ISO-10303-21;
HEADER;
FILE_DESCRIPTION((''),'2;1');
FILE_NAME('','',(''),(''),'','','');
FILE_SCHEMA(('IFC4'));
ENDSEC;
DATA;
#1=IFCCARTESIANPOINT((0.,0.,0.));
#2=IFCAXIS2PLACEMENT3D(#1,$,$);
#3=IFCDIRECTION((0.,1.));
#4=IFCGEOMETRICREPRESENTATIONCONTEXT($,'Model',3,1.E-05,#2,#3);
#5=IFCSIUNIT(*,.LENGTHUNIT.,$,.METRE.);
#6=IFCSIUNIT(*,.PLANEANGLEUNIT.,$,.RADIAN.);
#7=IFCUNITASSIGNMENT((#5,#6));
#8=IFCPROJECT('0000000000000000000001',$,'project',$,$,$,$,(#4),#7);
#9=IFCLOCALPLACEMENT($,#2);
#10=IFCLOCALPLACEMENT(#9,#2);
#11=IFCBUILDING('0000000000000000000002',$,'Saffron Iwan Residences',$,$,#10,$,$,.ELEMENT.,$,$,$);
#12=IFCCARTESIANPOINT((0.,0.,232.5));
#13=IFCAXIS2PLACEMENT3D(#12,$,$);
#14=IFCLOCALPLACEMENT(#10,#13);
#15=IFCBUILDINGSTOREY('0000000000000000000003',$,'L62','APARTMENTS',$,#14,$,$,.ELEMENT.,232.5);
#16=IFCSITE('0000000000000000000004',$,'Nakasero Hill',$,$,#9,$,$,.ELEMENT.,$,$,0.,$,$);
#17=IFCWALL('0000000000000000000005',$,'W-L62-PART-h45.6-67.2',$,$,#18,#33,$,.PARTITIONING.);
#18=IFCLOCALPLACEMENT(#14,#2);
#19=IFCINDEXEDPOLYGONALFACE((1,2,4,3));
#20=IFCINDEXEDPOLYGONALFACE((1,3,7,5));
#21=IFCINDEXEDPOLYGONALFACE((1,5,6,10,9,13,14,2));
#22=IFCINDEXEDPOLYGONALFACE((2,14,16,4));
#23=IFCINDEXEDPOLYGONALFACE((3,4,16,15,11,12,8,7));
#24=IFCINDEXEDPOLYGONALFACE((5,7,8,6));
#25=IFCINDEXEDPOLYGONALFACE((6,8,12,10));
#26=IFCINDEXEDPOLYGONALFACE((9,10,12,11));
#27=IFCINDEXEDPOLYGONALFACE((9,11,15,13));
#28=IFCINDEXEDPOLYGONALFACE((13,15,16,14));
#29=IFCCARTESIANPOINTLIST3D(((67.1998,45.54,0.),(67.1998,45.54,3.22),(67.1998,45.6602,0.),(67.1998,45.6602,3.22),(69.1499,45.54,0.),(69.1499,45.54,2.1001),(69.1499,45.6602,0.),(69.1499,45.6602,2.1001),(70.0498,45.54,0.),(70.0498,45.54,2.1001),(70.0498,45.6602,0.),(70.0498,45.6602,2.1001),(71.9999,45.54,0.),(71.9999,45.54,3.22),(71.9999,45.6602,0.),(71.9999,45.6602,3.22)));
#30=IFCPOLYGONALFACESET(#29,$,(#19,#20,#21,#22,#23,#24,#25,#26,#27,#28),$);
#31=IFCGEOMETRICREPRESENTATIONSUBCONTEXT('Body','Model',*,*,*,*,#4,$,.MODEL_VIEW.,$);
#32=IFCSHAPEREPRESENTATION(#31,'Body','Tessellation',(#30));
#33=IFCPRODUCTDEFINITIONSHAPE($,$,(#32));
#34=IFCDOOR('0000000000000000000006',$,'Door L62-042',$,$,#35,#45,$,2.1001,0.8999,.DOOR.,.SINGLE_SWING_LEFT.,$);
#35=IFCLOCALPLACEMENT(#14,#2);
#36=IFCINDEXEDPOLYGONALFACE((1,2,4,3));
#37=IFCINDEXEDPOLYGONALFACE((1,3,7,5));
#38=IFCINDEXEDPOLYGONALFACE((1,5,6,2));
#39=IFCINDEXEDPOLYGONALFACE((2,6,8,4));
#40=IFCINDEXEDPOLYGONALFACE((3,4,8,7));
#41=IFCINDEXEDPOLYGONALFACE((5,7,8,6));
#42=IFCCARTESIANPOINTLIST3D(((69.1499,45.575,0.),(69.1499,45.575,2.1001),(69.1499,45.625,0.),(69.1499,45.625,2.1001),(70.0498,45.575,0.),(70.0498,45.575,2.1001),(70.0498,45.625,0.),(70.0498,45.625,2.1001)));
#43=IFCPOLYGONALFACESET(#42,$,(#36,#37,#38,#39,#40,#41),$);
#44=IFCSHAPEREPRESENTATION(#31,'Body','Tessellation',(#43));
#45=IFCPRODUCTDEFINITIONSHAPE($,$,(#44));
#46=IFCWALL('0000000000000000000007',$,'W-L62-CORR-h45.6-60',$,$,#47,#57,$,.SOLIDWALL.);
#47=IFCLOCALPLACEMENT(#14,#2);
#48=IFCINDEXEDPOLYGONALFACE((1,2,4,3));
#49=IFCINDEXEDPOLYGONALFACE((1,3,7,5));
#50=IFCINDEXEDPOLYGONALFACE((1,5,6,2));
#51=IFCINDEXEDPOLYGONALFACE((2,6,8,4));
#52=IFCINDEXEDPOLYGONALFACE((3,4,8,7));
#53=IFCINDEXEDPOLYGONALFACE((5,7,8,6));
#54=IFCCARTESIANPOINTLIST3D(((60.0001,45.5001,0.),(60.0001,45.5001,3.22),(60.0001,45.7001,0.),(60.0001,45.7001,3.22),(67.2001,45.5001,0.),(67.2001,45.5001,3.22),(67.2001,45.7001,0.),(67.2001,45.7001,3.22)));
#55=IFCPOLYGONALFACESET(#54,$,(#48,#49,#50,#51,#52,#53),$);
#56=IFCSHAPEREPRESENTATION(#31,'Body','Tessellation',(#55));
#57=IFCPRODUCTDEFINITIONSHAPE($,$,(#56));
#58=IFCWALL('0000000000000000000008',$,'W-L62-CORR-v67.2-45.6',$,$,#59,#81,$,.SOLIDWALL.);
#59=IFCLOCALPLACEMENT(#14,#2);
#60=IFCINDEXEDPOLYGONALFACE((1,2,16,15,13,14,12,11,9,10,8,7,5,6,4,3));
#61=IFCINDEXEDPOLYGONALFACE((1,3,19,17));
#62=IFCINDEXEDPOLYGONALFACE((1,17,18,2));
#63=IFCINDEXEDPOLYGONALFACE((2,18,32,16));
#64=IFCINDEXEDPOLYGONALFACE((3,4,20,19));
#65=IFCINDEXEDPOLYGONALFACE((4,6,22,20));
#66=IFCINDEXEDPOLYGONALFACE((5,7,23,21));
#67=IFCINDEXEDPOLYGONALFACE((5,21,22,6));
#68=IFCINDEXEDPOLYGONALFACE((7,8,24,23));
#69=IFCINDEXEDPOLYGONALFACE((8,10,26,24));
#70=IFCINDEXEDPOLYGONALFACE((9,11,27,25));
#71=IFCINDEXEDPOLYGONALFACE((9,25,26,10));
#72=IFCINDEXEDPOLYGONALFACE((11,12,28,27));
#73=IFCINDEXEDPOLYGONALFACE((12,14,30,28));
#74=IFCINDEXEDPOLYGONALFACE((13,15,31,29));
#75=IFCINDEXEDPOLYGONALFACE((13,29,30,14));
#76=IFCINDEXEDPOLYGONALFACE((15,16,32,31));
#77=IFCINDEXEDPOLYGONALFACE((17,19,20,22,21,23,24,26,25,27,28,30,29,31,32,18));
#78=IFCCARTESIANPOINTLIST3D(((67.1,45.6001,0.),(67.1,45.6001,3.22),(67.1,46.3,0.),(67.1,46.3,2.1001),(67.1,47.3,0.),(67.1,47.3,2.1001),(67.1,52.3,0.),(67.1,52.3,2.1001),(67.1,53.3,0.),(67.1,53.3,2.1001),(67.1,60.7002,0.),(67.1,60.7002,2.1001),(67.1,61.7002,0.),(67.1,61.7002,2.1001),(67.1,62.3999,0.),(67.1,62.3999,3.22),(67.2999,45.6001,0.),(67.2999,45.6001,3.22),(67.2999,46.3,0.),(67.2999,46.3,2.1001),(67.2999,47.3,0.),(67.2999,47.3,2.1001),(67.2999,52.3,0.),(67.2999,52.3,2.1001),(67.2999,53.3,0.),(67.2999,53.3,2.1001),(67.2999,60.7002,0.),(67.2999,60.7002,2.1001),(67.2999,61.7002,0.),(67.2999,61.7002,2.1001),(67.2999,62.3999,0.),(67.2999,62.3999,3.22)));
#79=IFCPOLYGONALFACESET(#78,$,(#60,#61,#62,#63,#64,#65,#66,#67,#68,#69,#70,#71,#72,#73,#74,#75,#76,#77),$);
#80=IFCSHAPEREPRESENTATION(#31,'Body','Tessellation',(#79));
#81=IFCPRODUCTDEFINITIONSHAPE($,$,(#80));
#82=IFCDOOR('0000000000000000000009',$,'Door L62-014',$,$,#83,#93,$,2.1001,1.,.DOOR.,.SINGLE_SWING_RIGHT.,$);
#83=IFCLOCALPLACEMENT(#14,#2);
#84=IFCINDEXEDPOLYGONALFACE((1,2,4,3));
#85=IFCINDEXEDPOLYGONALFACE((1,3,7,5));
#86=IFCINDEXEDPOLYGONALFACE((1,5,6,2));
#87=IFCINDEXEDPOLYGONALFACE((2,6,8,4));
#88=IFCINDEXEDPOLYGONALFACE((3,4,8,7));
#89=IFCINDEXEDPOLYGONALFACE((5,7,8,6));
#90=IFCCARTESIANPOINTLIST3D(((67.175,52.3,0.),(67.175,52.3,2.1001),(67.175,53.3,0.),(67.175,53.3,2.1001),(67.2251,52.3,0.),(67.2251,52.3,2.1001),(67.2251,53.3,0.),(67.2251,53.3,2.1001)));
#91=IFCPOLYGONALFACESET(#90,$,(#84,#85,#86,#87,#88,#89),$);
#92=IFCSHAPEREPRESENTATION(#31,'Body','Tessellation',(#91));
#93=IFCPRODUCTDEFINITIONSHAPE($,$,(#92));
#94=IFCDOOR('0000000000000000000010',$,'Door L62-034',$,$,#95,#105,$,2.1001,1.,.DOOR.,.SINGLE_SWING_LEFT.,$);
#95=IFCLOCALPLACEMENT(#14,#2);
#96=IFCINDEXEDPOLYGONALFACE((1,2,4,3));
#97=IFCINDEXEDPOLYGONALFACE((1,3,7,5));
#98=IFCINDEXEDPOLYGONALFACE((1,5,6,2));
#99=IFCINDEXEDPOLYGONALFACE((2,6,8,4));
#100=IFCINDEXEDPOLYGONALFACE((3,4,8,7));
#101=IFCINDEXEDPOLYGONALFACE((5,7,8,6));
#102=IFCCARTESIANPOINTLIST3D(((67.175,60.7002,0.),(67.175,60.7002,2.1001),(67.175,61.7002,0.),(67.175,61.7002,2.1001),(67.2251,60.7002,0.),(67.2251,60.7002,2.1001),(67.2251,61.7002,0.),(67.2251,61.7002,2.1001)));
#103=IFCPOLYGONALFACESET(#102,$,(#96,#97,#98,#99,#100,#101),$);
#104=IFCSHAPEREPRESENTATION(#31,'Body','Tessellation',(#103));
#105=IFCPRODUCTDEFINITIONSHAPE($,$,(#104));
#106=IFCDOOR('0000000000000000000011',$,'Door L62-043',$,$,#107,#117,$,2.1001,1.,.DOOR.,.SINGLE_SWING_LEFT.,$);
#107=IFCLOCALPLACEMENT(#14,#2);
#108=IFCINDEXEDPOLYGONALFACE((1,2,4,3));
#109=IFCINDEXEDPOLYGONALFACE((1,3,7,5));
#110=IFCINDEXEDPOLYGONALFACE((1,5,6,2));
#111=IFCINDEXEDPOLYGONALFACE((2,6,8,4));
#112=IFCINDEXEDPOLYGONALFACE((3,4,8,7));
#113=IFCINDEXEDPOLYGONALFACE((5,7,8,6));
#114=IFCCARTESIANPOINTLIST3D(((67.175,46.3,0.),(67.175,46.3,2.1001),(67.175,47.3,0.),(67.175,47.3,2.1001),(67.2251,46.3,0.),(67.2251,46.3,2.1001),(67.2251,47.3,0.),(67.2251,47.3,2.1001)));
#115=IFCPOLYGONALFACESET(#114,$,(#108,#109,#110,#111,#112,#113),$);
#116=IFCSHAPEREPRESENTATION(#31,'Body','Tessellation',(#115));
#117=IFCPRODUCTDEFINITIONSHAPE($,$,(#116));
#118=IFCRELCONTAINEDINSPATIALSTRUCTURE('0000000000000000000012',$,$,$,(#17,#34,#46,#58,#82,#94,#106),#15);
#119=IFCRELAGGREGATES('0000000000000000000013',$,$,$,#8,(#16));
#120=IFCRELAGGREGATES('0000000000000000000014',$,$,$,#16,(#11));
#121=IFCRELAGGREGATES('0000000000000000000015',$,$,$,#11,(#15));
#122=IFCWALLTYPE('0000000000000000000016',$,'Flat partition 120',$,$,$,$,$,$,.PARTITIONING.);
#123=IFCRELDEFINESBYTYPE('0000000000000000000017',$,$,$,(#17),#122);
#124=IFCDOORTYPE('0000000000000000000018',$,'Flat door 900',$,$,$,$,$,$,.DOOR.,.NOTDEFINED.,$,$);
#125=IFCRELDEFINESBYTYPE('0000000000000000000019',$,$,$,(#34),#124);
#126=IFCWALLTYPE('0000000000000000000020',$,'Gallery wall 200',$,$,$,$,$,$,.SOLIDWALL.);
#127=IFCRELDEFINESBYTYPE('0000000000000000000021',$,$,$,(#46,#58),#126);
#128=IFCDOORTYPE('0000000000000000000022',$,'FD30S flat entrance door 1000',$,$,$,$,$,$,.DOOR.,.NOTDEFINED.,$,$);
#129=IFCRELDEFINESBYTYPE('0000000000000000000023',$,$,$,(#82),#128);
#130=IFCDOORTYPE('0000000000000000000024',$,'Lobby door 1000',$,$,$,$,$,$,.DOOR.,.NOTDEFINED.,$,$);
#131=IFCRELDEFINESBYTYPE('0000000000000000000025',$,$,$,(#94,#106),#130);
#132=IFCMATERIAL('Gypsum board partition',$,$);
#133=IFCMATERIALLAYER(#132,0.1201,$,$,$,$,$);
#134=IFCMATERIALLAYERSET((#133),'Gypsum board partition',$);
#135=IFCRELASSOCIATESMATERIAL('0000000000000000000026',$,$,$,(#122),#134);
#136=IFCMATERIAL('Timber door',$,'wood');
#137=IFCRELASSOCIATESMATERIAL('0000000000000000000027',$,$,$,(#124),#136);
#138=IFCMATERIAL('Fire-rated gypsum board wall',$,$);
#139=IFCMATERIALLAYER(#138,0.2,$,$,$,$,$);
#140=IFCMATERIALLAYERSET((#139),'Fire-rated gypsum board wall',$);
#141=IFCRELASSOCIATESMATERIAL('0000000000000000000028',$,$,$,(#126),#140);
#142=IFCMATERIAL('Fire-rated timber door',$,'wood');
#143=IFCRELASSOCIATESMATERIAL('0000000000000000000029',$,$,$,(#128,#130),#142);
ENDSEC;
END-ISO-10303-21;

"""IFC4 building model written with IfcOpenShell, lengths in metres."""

from ifc_helpers import new_model, si_unit, direction, frame, frame_2d, origin, place, context, subcontext, project, spatial, rectangle, extrude, material, layer, layer_set, type_object, element, fill, save


model = new_model("IFC4")

# Units and contexts
model_context = context("Model", 3, precision=1e-05, world=origin(), true_north=direction((0.0, 1.0)))
body_context = subcontext(model_context, "Body", "Model", "MODEL_VIEW")
ifc_project = project(units=[si_unit("LENGTHUNIT", "METRE"), si_unit("PLANEANGLEUNIT", "RADIAN")], contexts=[model_context])

# Site, building, storey
site_placement = place(None, origin())
site = spatial("IfcSite", under=ifc_project, at=site_placement, Name="Nakasero Hill", CompositionType="ELEMENT", RefElevation=0.0)
building_placement = place(site_placement, origin())
building = spatial("IfcBuilding", under=site, at=building_placement, Name="Saffron Iwan Residences", CompositionType="ELEMENT")
storey_placement = place(building_placement, frame((0.0, 0.0, 232.5)))
storey = spatial("IfcBuildingStorey", under=building, at=storey_placement, Name="L62", Description="APARTMENTS", CompositionType="ELEMENT", Elevation=232.5)

# Shared definitions
ifc_material_1 = material(Name="Fire-rated gypsum board wall")

# Shared definitions
ifc_material_2 = material(Name="Gypsum board partition")
ifc_layer_1 = layer(ifc_material_2, 0.1201)
ifc_layer_set_1 = layer_set([ifc_layer_1], Name="Gypsum board partition")
wall_type_1 = type_object("IfcWallType", Name="Flat partition 120", PredefinedType="PARTITIONING", material=ifc_layer_set_1)
ifc_material_3 = material(Name="Timber door", Category="wood")
door_type_1 = type_object("IfcDoorType", Name="Flat door 900", OperationType="NOTDEFINED", PredefinedType="DOOR", material=ifc_material_3)

# Wall, opening, door
wall_1_placement = place(storey_placement, frame((67.2, 45.6001, 0.0), z_axis=(0.0, 0.0, 1.0), x_axis=(1.0, 0.0, 0.0)))
wall_1 = element("IfcWall", 1, at=wall_1_placement, inside=storey, type_object=wall_type_1, Name="W-L62-PART-h45.6-67.2", PredefinedType="PARTITIONING", context=body_context, shape_type="SweptSolid", body=[
    extrude(rectangle(XDim=4.8, YDim=0.1201, at=frame_2d((2.3999, 0.0))), origin(), (0.0, 0.0, 1.0), 3.22),
])
opening_1_placement = place(wall_1_placement, frame((1.95, 0.0, 0.0)))
opening_1 = element("IfcOpeningElement", 2, at=opening_1_placement, cuts=wall_1, PredefinedType="OPENING", context=body_context, shape_type="SweptSolid", body=[
    extrude(rectangle(XDim=0.8999, YDim=2.1001, at=frame_2d((0.45, 1.05))), frame((0.0, 0.0701, 0.0), z_axis=(0.0, -1.0, 0.0), x_axis=(1.0, 0.0, 0.0)), (0.0, 0.0, 1.0), 0.1401),
])
door_1_placement = place(opening_1_placement, origin())
door_1 = element("IfcDoor", 3, at=door_1_placement, inside=storey, type_object=door_type_1, Name="Door L62-042", OperationType="SINGLE_SWING_LEFT", OverallHeight=2.1001, OverallWidth=0.8999, PredefinedType="DOOR", context=body_context, shape_type="SweptSolid", body=[
    extrude(rectangle(XDim=0.8999, YDim=2.1001, at=frame_2d((0.45, 1.05))), frame((0.0, 0.0249, 0.0), z_axis=(0.0, -1.0, 0.0), x_axis=(1.0, 0.0, 0.0)), (0.0, 0.0, 1.0), 0.05),
])
fill(opening_1, door_1)

# Wall
ifc_layer_2 = layer(ifc_material_1, 0.2)
ifc_layer_set_2 = layer_set([ifc_layer_2], Name="Fire-rated gypsum board wall")
wall_type_2 = type_object("IfcWallType", Name="Gallery wall 200", PredefinedType="SOLIDWALL", material=ifc_layer_set_2)
wall_2_placement = place(storey_placement, frame((60.0, 45.6001, 0.0), z_axis=(0.0, 0.0, 1.0), x_axis=(1.0, 0.0, 0.0)))
element("IfcWall", 4, at=wall_2_placement, inside=storey, type_object=wall_type_2, Name="W-L62-CORR-h45.6-60", PredefinedType="SOLIDWALL", context=body_context, shape_type="SweptSolid", body=[
    extrude(rectangle(XDim=7.2, YDim=0.2, at=frame_2d((3.6001, 0.0))), origin(), (0.0, 0.0, 1.0), 3.22),
])

# Wall, openings, doors
wall_3_placement = place(storey_placement, frame((67.2, 45.6001, 0.0), z_axis=(0.0, 0.0, 1.0), x_axis=(0.0, 1.0, 0.0)))
wall_3 = element("IfcWall", 5, at=wall_3_placement, inside=storey, type_object=wall_type_2, Name="W-L62-CORR-v67.2-45.6", PredefinedType="SOLIDWALL", context=body_context, shape_type="SweptSolid", body=[
    extrude(rectangle(XDim=16.7998, YDim=0.2, at=frame_2d((8.3999, 0.0))), origin(), (0.0, 0.0, 1.0), 3.22),
])
opening_2_placement = place(wall_3_placement, frame((6.7, 0.0, 0.0)))
opening_2 = element("IfcOpeningElement", 6, at=opening_2_placement, cuts=wall_3, PredefinedType="OPENING", context=body_context, shape_type="SweptSolid", body=[
    extrude(rectangle(XDim=1.0, YDim=2.1001, at=frame_2d((0.5, 1.05))), frame((0.0, 0.1099, 0.0), z_axis=(0.0, -1.0, 0.0), x_axis=(1.0, 0.0, 0.0)), (0.0, 0.0, 1.0), 0.22),
])
opening_3_placement = place(wall_3_placement, frame((15.1001, 0.0, 0.0)))
opening_3 = element("IfcOpeningElement", 7, at=opening_3_placement, cuts=wall_3, PredefinedType="OPENING", context=body_context, shape_type="SweptSolid", body=[
    extrude(rectangle(XDim=1.0, YDim=2.1001, at=frame_2d((0.5, 1.05))), frame((0.0, 0.1099, 0.0), z_axis=(0.0, -1.0, 0.0), x_axis=(1.0, 0.0, 0.0)), (0.0, 0.0, 1.0), 0.22),
])
opening_4_placement = place(wall_3_placement, frame((0.7, 0.0, 0.0)))
opening_4 = element("IfcOpeningElement", 8, at=opening_4_placement, cuts=wall_3, PredefinedType="OPENING", context=body_context, shape_type="SweptSolid", body=[
    extrude(rectangle(XDim=1.0, YDim=2.1001, at=frame_2d((0.5, 1.05))), frame((0.0, 0.1099, 0.0), z_axis=(0.0, -1.0, 0.0), x_axis=(1.0, 0.0, 0.0)), (0.0, 0.0, 1.0), 0.22),
])
ifc_material_4 = material(Name="Fire-rated timber door", Category="wood")
door_type_2 = type_object("IfcDoorType", Name="FD30S flat entrance door 1000", OperationType="NOTDEFINED", PredefinedType="DOOR", material=ifc_material_4)
door_2_placement = place(opening_2_placement, origin())
door_2 = element("IfcDoor", 9, at=door_2_placement, inside=storey, type_object=door_type_2, Name="Door L62-014", OperationType="SINGLE_SWING_RIGHT", OverallHeight=2.1001, OverallWidth=1.0, PredefinedType="DOOR", context=body_context, shape_type="SweptSolid", body=[
    extrude(rectangle(XDim=1.0, YDim=2.1001, at=frame_2d((0.5, 1.05))), frame((0.0, 0.0249, 0.0), z_axis=(0.0, -1.0, 0.0), x_axis=(1.0, 0.0, 0.0)), (0.0, 0.0, 1.0), 0.05),
])
fill(opening_2, door_2)
door_type_3 = type_object("IfcDoorType", Name="Lobby door 1000", OperationType="NOTDEFINED", PredefinedType="DOOR", material=ifc_material_4)
door_3_placement = place(opening_3_placement, origin())
door_3 = element("IfcDoor", 10, at=door_3_placement, inside=storey, type_object=door_type_3, Name="Door L62-034", OperationType="SINGLE_SWING_LEFT", OverallHeight=2.1001, OverallWidth=1.0, PredefinedType="DOOR", context=body_context, shape_type="SweptSolid", body=[
    extrude(rectangle(XDim=1.0, YDim=2.1001, at=frame_2d((0.5, 1.05))), frame((0.0, 0.0249, 0.0), z_axis=(0.0, -1.0, 0.0), x_axis=(1.0, 0.0, 0.0)), (0.0, 0.0, 1.0), 0.05),
])
fill(opening_3, door_3)
door_4_placement = place(opening_4_placement, origin())
door_4 = element("IfcDoor", 11, at=door_4_placement, inside=storey, type_object=door_type_3, Name="Door L62-043", OperationType="SINGLE_SWING_LEFT", OverallHeight=2.1001, OverallWidth=1.0, PredefinedType="DOOR", context=body_context, shape_type="SweptSolid", body=[
    extrude(rectangle(XDim=1.0, YDim=2.1001, at=frame_2d((0.5, 1.05))), frame((0.0, 0.0249, 0.0), z_axis=(0.0, -1.0, 0.0), x_axis=(1.0, 0.0, 0.0)), (0.0, 0.0, 1.0), 0.05),
])
fill(opening_4, door_4)

save(model, "model.ifc")
